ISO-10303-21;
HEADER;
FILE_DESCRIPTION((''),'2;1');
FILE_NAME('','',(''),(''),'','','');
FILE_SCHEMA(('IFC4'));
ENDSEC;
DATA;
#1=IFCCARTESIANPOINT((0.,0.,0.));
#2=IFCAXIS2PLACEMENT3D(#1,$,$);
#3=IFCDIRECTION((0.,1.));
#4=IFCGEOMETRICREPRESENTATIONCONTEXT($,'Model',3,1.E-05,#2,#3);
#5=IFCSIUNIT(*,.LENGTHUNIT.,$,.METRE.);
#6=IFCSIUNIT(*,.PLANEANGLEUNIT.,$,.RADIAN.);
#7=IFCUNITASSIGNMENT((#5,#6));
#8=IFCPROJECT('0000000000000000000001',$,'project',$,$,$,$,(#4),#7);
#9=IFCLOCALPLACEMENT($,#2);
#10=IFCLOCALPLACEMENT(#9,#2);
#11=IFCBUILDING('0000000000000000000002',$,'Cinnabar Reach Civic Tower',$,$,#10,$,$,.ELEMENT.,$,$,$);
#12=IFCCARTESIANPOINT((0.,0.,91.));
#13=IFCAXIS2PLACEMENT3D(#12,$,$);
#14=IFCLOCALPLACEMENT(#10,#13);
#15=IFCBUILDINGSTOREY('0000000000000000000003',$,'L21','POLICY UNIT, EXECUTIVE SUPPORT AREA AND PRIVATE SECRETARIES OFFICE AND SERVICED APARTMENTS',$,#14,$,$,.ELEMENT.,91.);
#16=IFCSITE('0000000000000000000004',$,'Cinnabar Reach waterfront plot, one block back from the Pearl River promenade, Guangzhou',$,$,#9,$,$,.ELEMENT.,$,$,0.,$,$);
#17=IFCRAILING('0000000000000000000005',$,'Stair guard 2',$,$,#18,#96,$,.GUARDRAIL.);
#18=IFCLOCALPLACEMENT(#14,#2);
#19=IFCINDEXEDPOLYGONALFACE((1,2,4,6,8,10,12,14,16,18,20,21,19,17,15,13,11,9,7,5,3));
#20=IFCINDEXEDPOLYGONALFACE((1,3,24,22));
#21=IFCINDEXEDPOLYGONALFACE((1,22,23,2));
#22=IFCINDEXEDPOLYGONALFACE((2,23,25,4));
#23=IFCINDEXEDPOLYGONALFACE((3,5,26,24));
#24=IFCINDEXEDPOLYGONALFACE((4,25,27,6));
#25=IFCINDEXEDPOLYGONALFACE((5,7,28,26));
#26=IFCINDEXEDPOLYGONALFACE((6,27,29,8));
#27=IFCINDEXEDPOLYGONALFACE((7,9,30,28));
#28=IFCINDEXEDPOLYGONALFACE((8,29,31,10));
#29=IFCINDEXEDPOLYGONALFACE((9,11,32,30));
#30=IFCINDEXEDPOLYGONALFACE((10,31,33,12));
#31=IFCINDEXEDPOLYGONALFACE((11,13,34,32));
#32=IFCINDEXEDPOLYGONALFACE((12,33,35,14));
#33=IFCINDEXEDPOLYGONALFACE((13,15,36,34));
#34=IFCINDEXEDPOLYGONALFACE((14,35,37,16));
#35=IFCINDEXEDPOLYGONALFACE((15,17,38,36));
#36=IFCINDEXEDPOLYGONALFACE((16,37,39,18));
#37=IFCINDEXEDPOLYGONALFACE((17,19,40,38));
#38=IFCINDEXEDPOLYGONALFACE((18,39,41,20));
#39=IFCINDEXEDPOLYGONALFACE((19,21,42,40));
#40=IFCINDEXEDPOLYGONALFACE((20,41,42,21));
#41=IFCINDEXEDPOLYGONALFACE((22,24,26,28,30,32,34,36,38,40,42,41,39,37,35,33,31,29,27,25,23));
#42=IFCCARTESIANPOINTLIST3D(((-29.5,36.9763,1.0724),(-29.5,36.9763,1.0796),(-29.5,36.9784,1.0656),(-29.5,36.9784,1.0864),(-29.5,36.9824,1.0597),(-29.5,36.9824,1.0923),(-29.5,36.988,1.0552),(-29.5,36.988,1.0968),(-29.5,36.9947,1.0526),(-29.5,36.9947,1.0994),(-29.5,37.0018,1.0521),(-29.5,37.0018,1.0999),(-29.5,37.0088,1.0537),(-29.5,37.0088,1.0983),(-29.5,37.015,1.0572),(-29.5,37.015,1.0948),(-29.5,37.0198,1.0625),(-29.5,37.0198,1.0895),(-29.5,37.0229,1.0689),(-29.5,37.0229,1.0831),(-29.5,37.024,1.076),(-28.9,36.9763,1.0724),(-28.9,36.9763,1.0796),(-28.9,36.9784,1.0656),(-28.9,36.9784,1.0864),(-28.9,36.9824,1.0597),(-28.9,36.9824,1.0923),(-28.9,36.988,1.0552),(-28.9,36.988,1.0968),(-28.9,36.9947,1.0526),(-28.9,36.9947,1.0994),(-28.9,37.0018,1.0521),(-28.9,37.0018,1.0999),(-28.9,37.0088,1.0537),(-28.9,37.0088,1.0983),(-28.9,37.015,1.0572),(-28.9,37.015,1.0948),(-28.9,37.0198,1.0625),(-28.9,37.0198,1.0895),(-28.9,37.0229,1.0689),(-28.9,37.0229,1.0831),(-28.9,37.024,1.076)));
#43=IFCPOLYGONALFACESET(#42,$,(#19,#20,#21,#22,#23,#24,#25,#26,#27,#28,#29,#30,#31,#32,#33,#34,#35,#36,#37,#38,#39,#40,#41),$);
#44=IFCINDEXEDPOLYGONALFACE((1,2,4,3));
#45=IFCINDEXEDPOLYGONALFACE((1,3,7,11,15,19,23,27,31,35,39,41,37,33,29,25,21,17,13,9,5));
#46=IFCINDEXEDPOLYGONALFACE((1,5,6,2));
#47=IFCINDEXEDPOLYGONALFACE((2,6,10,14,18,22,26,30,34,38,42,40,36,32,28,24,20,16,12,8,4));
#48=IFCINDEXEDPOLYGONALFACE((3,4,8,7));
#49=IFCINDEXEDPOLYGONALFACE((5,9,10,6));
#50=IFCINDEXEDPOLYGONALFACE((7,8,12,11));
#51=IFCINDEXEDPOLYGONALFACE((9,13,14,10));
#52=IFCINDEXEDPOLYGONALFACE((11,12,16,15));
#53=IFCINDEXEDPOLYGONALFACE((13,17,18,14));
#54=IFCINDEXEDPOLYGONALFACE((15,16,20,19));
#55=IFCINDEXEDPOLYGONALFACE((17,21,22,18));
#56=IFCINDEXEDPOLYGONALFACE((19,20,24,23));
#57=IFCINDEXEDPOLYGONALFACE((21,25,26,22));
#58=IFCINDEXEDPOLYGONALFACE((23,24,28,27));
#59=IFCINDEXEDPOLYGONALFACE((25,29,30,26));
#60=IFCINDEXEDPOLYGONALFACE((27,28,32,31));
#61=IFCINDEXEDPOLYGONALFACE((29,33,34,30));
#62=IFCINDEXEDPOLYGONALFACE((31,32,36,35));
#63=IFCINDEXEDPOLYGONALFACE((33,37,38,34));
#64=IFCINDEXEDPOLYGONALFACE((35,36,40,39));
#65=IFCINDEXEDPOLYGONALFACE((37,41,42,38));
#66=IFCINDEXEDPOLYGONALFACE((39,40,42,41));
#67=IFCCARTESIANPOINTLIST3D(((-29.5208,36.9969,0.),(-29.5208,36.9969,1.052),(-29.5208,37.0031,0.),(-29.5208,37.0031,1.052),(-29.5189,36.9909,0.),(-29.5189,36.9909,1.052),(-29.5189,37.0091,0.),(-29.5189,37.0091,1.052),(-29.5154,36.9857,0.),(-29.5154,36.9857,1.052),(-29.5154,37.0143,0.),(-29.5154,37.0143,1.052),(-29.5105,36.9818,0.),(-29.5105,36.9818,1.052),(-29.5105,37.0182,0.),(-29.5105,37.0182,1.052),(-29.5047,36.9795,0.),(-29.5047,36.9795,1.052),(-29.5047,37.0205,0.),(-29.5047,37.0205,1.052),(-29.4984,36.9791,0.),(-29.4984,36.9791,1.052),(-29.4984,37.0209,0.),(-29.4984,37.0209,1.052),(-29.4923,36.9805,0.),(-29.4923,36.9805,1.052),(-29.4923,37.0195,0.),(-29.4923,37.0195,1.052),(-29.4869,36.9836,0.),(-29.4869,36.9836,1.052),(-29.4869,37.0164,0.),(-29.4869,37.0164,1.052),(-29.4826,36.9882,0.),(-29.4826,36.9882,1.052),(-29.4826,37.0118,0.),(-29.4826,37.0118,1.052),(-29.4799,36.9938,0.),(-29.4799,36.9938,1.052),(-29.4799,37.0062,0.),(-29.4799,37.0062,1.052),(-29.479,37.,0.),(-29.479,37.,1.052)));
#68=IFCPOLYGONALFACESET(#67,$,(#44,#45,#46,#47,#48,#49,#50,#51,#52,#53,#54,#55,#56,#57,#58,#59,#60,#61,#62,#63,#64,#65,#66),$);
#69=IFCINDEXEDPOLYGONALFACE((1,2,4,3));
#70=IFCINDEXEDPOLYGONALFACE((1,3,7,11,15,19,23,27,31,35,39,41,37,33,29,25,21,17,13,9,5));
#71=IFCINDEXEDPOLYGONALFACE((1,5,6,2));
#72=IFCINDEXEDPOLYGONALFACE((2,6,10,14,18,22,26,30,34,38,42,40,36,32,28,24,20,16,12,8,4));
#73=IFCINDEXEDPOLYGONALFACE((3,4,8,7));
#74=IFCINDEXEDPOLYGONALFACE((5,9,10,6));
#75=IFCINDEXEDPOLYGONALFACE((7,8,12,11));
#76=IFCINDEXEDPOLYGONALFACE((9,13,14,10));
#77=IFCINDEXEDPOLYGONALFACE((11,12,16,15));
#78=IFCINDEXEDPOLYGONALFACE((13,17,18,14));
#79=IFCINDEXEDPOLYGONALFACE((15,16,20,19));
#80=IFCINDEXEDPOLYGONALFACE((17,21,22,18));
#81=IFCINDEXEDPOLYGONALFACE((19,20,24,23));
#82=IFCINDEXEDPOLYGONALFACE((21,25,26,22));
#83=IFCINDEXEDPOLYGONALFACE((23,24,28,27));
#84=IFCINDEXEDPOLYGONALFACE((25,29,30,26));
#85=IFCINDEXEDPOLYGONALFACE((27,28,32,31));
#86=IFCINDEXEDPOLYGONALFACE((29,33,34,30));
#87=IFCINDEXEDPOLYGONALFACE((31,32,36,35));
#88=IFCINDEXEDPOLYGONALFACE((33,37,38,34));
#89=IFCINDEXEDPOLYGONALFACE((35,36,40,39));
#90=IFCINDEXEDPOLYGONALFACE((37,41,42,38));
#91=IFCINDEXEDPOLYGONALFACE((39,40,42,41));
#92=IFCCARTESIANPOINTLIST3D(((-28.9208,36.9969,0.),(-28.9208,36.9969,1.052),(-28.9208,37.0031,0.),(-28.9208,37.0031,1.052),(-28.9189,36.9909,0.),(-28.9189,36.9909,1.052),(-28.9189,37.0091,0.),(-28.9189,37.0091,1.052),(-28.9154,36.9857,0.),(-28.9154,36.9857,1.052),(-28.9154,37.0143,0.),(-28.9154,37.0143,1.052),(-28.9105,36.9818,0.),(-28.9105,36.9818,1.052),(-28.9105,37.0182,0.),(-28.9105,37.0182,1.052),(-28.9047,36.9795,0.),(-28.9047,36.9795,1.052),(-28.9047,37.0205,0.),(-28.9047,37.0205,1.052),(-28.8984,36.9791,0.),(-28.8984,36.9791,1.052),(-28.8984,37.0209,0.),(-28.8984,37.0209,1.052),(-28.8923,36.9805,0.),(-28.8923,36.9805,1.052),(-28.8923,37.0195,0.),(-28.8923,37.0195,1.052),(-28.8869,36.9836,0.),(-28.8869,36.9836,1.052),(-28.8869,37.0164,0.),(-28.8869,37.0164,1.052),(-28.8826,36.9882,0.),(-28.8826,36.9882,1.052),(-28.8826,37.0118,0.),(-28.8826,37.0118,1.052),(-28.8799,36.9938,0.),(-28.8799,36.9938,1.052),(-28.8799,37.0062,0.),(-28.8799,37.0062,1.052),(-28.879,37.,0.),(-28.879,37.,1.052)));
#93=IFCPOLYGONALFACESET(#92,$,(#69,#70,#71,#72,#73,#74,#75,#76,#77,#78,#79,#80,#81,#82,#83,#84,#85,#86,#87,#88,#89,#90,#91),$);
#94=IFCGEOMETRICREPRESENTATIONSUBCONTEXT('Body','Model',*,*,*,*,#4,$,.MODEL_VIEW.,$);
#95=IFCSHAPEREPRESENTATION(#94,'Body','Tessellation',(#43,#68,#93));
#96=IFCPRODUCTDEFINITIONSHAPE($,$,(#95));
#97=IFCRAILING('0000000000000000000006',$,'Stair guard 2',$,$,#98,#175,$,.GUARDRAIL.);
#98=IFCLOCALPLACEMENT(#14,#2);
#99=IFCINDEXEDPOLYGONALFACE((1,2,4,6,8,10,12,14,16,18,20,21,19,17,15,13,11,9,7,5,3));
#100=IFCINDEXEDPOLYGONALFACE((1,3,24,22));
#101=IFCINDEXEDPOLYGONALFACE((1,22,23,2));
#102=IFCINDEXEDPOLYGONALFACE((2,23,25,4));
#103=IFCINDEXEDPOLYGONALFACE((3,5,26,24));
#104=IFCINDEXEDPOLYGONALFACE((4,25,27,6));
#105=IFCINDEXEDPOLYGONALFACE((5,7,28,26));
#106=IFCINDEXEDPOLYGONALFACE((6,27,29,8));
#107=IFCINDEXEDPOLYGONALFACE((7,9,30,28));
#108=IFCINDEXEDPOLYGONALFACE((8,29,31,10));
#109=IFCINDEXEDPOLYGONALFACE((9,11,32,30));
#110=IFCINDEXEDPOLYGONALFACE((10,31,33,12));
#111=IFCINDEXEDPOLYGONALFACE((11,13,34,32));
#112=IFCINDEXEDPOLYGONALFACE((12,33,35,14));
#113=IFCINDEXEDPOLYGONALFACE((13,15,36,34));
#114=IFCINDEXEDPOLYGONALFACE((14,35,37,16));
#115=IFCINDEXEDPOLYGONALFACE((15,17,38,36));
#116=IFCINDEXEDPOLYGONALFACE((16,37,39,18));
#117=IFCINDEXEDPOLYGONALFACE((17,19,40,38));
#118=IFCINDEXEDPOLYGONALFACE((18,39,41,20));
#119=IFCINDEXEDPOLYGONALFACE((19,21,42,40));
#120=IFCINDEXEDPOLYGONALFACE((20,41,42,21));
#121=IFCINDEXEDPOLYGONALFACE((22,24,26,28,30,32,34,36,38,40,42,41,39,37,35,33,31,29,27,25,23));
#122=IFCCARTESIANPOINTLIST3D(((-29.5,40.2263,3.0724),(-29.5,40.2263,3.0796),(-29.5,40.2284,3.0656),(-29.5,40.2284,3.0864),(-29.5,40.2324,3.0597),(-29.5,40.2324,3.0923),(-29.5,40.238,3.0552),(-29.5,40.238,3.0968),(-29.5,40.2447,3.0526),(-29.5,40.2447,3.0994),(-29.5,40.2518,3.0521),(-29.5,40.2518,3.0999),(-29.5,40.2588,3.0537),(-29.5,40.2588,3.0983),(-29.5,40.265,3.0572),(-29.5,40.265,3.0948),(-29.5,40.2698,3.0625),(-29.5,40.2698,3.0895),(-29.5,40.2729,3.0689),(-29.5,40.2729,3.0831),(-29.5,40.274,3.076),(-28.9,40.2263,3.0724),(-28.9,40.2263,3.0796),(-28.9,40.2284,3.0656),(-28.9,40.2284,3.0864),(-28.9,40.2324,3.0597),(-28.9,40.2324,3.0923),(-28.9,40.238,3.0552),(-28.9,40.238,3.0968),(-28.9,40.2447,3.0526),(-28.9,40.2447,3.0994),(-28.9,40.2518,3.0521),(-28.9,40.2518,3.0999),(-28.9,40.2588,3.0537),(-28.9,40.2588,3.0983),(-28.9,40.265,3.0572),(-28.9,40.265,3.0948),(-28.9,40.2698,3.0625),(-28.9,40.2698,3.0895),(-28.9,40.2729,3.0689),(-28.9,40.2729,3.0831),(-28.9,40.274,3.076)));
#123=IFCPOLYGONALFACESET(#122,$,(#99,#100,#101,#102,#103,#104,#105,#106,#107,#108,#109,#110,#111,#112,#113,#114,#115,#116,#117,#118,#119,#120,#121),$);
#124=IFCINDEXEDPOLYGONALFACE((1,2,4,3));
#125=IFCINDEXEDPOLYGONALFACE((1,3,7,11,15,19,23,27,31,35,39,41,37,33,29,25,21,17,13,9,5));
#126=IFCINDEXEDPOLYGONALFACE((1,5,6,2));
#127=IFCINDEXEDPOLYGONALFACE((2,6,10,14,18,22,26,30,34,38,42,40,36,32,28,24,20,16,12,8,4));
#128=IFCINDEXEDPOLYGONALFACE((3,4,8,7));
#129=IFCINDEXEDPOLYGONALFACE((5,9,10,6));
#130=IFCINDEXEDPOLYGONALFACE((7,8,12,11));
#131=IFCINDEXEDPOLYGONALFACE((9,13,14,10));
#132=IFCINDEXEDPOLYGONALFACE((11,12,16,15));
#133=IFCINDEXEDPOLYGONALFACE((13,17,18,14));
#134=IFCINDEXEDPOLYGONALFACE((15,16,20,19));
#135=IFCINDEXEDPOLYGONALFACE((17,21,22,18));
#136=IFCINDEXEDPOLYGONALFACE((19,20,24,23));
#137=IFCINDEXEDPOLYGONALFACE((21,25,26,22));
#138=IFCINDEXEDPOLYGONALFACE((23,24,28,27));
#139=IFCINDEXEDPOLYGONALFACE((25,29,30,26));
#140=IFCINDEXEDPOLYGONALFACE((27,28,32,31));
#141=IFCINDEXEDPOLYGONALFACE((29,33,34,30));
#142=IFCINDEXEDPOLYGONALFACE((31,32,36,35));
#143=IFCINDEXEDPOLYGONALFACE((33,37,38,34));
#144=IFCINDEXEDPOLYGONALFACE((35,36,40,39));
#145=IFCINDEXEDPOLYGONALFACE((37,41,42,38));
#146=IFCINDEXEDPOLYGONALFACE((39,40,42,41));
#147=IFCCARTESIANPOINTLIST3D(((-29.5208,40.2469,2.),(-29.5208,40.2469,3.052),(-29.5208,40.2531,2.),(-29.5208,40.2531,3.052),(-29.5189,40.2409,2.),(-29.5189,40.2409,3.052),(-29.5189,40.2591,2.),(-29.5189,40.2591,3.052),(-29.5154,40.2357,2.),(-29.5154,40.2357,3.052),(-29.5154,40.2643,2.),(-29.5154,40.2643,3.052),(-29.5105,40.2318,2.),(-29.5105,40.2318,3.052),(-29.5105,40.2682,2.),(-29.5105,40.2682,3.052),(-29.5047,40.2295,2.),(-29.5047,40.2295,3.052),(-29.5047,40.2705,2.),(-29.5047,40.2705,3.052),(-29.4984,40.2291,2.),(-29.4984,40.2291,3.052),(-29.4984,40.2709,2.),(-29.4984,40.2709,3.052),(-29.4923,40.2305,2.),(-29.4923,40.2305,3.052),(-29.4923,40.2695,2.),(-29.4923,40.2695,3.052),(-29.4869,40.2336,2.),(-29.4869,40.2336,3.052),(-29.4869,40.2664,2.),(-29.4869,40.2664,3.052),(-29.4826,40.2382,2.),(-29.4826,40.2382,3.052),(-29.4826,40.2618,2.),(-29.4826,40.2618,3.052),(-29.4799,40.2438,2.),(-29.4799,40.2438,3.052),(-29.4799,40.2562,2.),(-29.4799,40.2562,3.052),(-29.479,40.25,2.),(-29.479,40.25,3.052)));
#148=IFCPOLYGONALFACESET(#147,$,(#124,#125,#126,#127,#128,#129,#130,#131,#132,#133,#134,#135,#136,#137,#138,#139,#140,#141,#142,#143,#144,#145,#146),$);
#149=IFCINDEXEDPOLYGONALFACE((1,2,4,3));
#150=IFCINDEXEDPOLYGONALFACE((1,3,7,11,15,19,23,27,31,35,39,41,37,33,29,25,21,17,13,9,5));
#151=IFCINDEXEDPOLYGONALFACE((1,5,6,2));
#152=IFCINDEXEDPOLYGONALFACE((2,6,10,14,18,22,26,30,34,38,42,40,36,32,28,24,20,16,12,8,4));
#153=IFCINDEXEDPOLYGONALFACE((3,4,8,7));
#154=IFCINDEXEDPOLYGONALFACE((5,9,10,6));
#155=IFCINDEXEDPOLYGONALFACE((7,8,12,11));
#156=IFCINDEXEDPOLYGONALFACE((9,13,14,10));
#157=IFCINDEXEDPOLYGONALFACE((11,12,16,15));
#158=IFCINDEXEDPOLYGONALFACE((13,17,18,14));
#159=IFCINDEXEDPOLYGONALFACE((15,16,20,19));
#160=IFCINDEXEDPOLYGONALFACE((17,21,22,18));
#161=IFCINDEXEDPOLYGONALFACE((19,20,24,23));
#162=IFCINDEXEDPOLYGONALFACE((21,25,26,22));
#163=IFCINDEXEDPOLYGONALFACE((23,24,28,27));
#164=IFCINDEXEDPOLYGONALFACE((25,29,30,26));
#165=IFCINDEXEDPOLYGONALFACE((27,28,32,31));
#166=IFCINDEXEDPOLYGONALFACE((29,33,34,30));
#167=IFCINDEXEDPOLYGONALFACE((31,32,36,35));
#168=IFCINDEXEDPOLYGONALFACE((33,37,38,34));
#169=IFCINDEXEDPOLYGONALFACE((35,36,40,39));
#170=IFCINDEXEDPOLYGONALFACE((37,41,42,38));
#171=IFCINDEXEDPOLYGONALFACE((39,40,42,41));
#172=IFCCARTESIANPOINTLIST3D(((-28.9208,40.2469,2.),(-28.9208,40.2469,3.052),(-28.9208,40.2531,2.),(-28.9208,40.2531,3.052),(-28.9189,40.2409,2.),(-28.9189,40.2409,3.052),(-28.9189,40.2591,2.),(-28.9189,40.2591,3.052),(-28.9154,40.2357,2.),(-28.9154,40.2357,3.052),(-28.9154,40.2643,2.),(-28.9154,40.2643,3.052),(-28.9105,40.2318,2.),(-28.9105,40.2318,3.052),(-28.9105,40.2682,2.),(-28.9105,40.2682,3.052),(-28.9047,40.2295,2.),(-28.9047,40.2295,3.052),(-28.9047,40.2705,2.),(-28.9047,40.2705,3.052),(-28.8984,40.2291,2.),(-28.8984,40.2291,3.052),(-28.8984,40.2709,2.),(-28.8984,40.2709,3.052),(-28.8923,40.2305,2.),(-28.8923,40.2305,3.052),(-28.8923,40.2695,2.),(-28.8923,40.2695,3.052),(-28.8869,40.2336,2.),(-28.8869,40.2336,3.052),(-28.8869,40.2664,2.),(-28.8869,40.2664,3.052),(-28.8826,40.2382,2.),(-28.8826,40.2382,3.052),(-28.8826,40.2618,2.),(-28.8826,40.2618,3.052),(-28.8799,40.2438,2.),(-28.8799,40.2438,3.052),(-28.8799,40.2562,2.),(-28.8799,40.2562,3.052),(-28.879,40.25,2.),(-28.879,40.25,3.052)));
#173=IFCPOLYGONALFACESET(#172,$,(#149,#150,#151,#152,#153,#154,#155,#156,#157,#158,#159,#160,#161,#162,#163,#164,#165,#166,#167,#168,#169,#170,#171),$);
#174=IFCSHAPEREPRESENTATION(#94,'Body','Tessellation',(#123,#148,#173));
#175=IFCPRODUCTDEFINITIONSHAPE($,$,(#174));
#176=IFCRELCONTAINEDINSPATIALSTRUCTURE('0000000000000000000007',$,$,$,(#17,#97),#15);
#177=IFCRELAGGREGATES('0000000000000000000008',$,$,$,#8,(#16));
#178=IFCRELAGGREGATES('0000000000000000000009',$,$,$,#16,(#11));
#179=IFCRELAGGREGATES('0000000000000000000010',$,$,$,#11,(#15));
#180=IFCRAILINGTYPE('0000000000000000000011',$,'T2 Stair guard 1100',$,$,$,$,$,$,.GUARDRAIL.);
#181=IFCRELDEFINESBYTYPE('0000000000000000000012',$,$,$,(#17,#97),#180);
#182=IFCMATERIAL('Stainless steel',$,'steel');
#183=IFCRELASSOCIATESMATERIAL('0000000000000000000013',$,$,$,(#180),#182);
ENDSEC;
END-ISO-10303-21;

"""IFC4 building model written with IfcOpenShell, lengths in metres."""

from ifc_helpers import new_model, si_unit, direction, frame, origin, origin_2d, place, context, subcontext, project, spatial, circle, extrude, material, type_object, element, save


model = new_model("IFC4")

# Units and contexts
model_context = context("Model", 3, precision=1e-05, world=origin(), true_north=direction((0.0, 1.0)))
body_context = subcontext(model_context, "Body", "Model", "MODEL_VIEW")
ifc_project = project(units=[si_unit("LENGTHUNIT", "METRE"), si_unit("PLANEANGLEUNIT", "RADIAN")], contexts=[model_context])

# Site, building, storey
site_placement = place(None, origin())
site = spatial("IfcSite", under=ifc_project, at=site_placement, Name="Cinnabar Reach waterfront plot, one block back from the Pearl River promenade, Guangzhou", CompositionType="ELEMENT", RefElevation=0.0)
building_placement = place(site_placement, origin())
building = spatial("IfcBuilding", under=site, at=building_placement, Name="Cinnabar Reach Civic Tower", CompositionType="ELEMENT")
storey_placement = place(building_placement, frame((0.0, 0.0, 91.0)))
storey = spatial("IfcBuildingStorey", under=building, at=storey_placement, Name="L21", Description="POLICY UNIT, EXECUTIVE SUPPORT AREA AND PRIVATE SECRETARIES OFFICE AND SERVICED APARTMENTS", CompositionType="ELEMENT", Elevation=91.0)

# Railings
ifc_material_1 = material(Name="Stainless steel", Category="steel")
railing_type_1 = type_object("IfcRailingType", Name="T2 Stair guard 1100", PredefinedType="GUARDRAIL", material=ifc_material_1)
for number, where, name in (
    (1, (-29.5, 37.0, 0.0), "Stair guard 2"),
    (2, (-29.5, 40.25, 2.0), "Stair guard 2"),
):
    element("IfcRailing", number, at=place(storey_placement, frame(where)), inside=storey, type_object=railing_type_1, Name=name, PredefinedType="GUARDRAIL", context=body_context, shape_type="SweptSolid", body=[
        extrude(circle(Radius=0.024, at=origin_2d()), frame((0.0, 0.0, 1.076), z_axis=(1.0, 0.0, 0.0), x_axis=(0.0, 1.0, 0.0)), (0.0, 0.0, 1.0), 0.6),
        extrude(circle(Radius=0.021, at=origin_2d()), origin(), (0.0, 0.0, 1.0), 1.052),
        extrude(circle(Radius=0.021, at=origin_2d()), frame((0.6, 0.0, 0.0)), (0.0, 0.0, 1.0), 1.052),
    ])

save(model, "model.ifc")
